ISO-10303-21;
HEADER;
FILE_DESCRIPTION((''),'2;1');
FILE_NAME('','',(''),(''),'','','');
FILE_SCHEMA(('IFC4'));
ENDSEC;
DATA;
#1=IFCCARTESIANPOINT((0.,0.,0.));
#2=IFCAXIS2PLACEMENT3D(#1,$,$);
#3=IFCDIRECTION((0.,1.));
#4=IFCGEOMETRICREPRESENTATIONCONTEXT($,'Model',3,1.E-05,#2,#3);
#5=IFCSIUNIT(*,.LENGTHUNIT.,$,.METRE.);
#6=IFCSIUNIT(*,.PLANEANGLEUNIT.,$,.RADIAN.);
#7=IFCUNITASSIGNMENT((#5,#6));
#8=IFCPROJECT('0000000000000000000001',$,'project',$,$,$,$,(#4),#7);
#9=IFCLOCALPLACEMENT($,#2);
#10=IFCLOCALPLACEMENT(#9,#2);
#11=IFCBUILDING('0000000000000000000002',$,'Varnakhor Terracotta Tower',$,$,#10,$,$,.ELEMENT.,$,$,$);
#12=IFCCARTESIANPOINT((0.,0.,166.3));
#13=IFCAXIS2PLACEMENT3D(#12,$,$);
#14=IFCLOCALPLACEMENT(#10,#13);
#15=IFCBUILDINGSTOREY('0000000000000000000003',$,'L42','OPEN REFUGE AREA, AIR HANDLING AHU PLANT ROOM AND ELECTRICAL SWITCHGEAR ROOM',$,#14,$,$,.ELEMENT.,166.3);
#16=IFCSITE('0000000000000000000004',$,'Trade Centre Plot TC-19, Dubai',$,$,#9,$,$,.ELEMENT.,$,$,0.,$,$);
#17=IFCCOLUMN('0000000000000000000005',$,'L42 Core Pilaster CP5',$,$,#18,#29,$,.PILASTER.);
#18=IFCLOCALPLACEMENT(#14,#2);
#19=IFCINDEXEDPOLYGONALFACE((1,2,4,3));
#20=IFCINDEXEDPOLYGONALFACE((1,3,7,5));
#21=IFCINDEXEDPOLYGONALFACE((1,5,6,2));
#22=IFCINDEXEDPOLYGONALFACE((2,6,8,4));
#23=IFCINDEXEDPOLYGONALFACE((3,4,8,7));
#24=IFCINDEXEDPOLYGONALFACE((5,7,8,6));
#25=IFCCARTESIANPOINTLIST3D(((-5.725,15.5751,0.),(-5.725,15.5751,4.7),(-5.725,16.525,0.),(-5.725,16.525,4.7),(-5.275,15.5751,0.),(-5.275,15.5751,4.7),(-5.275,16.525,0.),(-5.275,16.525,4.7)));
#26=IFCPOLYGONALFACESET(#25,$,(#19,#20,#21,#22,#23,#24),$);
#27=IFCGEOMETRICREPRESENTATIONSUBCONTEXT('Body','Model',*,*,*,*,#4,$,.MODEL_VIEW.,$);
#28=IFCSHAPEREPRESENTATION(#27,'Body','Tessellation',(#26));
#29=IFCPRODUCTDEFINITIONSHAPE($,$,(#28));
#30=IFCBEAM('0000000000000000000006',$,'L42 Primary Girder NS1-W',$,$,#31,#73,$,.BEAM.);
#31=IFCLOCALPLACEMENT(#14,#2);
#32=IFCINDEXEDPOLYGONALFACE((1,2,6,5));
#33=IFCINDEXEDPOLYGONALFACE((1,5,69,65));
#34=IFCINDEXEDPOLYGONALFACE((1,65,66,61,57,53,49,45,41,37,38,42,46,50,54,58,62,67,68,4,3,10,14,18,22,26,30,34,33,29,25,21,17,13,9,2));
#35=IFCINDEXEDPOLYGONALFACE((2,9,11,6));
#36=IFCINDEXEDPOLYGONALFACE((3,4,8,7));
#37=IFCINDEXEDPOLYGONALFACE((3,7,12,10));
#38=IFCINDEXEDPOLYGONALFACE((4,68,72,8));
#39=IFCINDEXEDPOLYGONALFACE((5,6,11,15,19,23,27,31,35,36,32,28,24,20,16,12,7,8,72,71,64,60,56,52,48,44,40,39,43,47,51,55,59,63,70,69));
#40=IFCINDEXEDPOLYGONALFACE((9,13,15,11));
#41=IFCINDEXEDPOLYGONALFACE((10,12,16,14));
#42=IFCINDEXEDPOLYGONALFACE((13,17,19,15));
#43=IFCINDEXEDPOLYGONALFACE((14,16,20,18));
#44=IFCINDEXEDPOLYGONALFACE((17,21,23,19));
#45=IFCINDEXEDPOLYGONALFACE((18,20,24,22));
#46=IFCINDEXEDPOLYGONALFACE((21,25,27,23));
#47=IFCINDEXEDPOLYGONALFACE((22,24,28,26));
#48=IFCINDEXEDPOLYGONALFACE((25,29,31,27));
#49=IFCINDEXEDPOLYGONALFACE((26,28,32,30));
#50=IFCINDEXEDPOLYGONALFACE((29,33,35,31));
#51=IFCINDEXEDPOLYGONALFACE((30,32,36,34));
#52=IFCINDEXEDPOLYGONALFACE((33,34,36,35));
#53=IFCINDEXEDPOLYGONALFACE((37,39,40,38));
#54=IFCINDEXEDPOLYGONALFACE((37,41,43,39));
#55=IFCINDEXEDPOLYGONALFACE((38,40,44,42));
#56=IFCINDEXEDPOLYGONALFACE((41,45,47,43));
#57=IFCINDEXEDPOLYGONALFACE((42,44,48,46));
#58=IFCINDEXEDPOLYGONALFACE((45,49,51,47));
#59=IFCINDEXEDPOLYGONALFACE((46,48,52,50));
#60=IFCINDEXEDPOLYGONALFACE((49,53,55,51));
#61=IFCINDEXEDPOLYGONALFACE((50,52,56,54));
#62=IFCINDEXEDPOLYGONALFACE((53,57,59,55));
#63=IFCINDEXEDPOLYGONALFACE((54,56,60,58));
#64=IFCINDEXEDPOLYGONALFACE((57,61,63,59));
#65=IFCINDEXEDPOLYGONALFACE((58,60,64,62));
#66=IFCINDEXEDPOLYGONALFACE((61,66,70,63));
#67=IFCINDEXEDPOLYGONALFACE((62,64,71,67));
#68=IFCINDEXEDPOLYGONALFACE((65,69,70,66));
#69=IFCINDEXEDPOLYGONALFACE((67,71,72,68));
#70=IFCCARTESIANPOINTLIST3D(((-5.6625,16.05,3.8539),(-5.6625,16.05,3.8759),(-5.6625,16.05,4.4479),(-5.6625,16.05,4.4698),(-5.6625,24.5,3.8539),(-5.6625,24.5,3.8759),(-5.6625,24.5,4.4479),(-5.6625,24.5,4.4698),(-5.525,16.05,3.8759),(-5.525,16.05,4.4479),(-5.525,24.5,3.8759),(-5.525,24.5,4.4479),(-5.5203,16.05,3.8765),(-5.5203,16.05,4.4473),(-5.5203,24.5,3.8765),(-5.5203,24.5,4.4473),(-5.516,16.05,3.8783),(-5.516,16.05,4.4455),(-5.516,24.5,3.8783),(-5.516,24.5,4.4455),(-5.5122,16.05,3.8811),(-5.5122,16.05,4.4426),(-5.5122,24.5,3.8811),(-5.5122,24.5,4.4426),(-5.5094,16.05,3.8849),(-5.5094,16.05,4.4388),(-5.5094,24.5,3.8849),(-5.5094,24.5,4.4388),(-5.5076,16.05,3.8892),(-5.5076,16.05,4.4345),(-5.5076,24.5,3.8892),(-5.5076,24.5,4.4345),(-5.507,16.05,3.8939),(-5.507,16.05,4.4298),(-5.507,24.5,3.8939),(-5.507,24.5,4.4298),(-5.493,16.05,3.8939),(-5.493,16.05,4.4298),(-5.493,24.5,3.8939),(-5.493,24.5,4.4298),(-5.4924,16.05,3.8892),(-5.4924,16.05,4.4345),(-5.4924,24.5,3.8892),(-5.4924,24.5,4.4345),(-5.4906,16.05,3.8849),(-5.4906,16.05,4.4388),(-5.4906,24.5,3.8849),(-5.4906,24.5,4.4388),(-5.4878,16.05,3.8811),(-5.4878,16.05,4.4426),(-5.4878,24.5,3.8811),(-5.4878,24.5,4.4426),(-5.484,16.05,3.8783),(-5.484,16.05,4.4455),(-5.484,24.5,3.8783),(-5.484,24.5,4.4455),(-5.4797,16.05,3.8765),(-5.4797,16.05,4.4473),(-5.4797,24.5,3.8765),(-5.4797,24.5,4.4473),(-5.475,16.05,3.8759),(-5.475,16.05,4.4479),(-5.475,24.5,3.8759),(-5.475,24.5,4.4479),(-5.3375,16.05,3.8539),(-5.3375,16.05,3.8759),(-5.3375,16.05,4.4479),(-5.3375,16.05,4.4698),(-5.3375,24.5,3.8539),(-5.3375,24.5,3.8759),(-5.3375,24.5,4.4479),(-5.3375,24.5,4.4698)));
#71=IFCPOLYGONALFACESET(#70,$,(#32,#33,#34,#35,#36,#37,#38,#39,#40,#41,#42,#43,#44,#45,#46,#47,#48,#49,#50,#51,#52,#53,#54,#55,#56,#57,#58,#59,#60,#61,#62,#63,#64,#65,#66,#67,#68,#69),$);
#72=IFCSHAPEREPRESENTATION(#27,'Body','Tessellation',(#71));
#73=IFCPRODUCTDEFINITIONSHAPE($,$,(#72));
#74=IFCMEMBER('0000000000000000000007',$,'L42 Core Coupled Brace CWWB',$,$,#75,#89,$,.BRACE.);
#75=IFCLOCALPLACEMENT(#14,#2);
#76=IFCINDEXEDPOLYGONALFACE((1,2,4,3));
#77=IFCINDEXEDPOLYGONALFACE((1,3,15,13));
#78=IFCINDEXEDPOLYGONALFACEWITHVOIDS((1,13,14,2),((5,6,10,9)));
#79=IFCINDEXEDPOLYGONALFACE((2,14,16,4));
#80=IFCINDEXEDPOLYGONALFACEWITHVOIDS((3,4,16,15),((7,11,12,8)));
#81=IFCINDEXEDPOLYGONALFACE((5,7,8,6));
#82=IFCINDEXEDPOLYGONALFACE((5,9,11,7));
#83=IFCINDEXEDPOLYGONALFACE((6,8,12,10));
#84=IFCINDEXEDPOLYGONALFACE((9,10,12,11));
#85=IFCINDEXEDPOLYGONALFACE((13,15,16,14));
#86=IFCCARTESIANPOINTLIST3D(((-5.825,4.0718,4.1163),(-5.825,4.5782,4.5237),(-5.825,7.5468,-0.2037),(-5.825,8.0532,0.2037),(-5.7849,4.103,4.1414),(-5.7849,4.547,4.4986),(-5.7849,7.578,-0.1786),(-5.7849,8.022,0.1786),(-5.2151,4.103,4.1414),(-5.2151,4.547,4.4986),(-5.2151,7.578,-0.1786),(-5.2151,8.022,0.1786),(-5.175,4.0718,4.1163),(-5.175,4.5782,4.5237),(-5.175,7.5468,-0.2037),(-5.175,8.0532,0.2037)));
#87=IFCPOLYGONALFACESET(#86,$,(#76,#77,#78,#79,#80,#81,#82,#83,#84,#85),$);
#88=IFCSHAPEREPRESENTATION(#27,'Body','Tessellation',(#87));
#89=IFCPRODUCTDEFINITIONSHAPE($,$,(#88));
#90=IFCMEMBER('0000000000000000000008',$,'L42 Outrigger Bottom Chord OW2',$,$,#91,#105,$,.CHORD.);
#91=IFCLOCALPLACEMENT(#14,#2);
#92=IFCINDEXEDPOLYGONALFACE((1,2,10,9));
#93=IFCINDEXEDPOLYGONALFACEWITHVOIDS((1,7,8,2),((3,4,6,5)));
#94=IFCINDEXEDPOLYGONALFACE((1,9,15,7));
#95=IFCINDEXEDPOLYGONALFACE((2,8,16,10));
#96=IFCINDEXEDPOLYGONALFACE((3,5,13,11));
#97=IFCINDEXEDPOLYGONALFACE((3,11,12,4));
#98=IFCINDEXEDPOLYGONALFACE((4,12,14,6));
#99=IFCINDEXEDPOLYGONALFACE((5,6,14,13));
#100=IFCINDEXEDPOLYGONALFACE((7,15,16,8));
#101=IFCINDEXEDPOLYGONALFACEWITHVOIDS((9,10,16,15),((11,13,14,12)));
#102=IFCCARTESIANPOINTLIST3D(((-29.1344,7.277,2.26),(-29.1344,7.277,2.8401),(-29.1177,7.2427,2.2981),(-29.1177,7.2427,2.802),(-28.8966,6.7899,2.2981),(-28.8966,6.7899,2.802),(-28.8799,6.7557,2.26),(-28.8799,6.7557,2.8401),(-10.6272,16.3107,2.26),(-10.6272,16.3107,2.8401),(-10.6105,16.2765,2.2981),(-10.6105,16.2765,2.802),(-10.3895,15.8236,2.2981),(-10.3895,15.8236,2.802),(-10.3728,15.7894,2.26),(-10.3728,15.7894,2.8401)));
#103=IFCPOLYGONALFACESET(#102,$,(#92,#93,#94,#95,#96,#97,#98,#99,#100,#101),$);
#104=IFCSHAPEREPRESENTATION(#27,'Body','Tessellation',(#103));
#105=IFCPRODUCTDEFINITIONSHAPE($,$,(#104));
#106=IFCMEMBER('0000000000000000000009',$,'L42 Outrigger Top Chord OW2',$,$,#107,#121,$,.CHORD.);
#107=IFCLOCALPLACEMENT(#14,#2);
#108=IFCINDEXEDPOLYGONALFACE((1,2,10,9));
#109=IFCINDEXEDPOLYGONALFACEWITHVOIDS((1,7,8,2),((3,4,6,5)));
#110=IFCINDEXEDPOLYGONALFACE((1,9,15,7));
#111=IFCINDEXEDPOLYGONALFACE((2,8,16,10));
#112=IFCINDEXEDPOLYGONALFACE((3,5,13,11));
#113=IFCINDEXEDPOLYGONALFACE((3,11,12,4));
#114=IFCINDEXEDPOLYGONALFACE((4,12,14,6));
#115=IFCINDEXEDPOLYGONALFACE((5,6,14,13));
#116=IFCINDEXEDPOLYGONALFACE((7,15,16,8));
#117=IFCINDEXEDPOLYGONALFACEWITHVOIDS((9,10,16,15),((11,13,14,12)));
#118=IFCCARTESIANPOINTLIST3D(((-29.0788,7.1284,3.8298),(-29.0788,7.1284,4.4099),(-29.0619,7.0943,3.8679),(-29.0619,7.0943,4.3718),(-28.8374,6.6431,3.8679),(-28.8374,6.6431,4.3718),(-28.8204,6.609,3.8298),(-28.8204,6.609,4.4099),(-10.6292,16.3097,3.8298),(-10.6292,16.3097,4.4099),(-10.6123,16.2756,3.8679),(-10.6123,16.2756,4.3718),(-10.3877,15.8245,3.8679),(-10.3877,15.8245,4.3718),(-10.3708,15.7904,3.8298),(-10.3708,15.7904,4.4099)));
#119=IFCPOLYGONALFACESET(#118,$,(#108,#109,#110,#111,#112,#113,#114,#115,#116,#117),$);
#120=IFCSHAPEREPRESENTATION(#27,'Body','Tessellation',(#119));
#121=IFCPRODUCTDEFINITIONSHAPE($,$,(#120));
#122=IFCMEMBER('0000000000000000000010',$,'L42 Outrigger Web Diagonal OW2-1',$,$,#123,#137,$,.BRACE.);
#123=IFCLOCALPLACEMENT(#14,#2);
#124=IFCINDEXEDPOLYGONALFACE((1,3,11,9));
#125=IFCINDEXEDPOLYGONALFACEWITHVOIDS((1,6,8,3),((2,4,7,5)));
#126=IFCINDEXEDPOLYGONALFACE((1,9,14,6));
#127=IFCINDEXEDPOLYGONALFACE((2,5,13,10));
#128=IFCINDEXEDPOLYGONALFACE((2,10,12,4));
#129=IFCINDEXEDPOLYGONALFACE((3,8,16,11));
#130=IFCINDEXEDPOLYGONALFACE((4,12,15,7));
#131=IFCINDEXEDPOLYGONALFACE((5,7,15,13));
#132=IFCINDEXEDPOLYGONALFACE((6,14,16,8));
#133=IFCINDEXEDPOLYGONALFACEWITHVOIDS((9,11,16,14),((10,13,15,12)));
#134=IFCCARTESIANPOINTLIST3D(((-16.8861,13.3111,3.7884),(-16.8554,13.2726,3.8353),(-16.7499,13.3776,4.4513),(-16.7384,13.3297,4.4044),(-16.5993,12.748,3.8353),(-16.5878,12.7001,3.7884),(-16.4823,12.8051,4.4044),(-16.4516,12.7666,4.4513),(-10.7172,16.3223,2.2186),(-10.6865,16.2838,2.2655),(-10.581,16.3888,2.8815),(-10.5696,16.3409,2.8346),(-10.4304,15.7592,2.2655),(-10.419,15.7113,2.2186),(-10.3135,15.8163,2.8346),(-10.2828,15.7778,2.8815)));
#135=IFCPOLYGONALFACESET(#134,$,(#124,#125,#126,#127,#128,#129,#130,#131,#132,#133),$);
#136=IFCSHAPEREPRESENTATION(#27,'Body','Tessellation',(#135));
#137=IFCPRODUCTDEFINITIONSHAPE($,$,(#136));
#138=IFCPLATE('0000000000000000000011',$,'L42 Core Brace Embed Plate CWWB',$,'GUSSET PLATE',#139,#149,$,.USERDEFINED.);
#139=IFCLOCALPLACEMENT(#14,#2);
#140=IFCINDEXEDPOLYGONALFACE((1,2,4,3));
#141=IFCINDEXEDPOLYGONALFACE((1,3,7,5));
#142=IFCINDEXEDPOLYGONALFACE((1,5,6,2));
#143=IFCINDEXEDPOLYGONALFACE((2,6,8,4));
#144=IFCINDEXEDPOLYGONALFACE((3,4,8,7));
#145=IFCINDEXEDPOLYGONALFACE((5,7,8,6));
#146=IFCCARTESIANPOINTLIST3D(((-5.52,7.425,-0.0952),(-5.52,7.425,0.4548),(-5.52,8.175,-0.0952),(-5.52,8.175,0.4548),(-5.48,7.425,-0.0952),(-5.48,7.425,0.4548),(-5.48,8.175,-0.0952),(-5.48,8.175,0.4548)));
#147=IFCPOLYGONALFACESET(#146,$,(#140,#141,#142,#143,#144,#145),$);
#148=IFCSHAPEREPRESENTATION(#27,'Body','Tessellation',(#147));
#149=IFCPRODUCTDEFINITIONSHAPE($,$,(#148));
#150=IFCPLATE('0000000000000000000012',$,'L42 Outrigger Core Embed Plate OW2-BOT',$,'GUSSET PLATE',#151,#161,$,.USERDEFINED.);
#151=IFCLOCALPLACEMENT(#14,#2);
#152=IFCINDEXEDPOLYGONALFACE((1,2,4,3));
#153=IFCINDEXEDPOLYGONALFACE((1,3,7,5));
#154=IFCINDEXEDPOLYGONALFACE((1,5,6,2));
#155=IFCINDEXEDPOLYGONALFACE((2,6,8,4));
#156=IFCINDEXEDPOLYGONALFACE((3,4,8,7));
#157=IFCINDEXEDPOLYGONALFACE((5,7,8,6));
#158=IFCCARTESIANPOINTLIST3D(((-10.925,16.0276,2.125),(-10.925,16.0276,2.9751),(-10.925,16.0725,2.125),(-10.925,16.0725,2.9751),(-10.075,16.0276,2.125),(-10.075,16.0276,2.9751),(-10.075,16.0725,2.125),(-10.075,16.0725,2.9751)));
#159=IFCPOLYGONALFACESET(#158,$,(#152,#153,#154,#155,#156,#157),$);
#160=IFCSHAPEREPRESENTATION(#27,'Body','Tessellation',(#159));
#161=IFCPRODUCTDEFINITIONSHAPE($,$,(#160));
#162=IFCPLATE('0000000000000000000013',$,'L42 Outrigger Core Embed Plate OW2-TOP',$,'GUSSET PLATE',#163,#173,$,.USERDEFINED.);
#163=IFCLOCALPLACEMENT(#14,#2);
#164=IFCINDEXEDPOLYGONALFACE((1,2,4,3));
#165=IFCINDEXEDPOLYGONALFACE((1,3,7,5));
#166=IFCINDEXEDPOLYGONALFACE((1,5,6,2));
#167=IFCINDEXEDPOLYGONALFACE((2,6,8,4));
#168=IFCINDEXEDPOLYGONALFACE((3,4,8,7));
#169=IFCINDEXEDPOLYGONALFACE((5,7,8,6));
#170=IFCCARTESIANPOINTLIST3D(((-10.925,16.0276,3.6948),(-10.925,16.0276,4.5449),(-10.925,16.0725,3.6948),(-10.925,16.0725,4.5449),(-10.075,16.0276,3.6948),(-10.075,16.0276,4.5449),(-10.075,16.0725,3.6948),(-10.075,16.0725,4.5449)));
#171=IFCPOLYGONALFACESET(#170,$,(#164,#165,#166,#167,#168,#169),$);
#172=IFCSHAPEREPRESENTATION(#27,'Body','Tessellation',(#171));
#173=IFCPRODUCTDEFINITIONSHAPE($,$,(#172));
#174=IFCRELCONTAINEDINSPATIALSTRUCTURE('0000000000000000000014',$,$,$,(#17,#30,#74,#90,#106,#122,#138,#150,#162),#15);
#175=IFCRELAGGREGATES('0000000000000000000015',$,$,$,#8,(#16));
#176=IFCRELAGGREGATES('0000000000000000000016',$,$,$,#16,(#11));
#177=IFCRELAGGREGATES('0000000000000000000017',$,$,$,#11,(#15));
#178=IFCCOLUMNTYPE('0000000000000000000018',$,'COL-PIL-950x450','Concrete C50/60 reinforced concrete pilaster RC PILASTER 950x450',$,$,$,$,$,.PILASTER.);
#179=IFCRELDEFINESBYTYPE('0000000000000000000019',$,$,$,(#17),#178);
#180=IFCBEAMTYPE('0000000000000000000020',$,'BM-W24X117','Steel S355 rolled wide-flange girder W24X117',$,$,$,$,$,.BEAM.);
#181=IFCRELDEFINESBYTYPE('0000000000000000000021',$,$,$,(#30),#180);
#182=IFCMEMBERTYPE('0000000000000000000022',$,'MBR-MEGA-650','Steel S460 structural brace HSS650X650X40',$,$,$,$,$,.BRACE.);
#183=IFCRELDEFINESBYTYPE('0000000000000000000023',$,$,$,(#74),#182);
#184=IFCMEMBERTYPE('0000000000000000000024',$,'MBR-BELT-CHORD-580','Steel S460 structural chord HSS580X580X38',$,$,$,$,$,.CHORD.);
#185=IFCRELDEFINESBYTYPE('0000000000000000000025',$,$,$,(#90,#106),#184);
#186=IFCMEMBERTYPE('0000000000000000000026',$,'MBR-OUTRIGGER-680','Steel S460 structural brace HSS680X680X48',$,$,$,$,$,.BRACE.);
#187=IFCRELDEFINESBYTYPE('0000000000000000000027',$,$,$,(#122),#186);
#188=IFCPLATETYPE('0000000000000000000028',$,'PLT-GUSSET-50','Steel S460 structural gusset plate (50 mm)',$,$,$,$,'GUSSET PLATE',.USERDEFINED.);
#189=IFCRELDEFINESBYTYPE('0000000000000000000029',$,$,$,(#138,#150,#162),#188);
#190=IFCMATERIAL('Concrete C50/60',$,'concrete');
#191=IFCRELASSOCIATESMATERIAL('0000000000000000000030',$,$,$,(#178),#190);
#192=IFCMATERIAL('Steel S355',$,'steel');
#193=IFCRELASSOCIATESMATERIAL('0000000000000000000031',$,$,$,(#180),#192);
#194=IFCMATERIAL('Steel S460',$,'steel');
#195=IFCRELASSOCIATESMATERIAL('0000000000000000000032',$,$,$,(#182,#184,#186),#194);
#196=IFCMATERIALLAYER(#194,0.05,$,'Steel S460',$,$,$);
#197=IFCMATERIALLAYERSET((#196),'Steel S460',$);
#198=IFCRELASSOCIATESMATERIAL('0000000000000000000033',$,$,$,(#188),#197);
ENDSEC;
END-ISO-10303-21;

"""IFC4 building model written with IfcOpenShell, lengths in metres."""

from ifc_helpers import new_model, si_unit, direction, frame, origin, origin_2d, place, context, subcontext, project, spatial, rectangle, hollow_rectangle, i_section, extrude, source, transform, mapped, material, layer, layer_set, material_profile, profile_set, type_object, type_shapes, element, save


model = new_model("IFC4")

# Units and contexts
model_context = context("Model", 3, precision=1e-05, world=origin(), true_north=direction((0.0, 1.0)))
body_context = subcontext(model_context, "Body", "Model", "MODEL_VIEW")
ifc_project = project(units=[si_unit("LENGTHUNIT", "METRE"), si_unit("PLANEANGLEUNIT", "RADIAN")], contexts=[model_context])

# Site, building, storey
site_placement = place(None, origin())
site = spatial("IfcSite", under=ifc_project, at=site_placement, Name="Trade Centre Plot TC-19, Dubai", CompositionType="ELEMENT", RefElevation=0.0)
building_placement = place(site_placement, origin())
building = spatial("IfcBuilding", under=site, at=building_placement, Name="Varnakhor Terracotta Tower", CompositionType="ELEMENT")
storey_placement = place(building_placement, frame((0.0, 0.0, 166.3)))
storey = spatial("IfcBuildingStorey", under=building, at=storey_placement, Name="L42", Description="OPEN REFUGE AREA, AIR HANDLING AHU PLANT ROOM AND ELECTRICAL SWITCHGEAR ROOM", CompositionType="ELEMENT", Elevation=166.3)

# Column
ifc_material_1 = material(Name="Concrete C50/60", Category="concrete")
ifc_material_profile_1 = material_profile(ifc_material_1, rectangle(XDim=0.45, YDim=0.95, at=origin_2d()), Name="RC PILASTER 950x450")
ifc_profile_set_1 = profile_set([ifc_material_profile_1], Name="Concrete C50/60")
column_type = type_object("IfcColumnType", Name="COL-PIL-950x450", Description="Concrete C50/60 reinforced concrete pilaster RC PILASTER 950x450", PredefinedType="PILASTER", material=ifc_profile_set_1)
shared_shape_1 = source(origin(), body_context, "Body", "SweptSolid", [
    extrude(rectangle(XDim=0.45, YDim=0.95, at=origin_2d()), origin(), (0.0, 0.0, 1.0), 4.7),
])
column_placement = place(storey_placement, frame((-5.5, 16.05, 0.0), z_axis=(0.0, 0.0, 1.0), x_axis=(1.0, 0.0, 0.0)))
element("IfcColumn", 1, at=column_placement, inside=storey, type_object=column_type, Name="L42 Core Pilaster CP5", PredefinedType="PILASTER", context=body_context, shape_type="MappedRepresentation", body=[
    mapped(shared_shape_1, transform((0.0, 0.0, 0.0), scale=1.0)),
])

# Beam
ifc_material_2 = material(Name="Steel S355", Category="steel")
ifc_material_profile_2 = material_profile(ifc_material_2, i_section(OverallWidth=0.325, OverallDepth=0.616, WebThickness=0.0139, FlangeThickness=0.022, FilletRadius=0.0181, at=origin_2d()), Name="W24X117")
ifc_profile_set_2 = profile_set([ifc_material_profile_2], Name="Steel S355")
beam_type = type_object("IfcBeamType", Name="BM-W24X117", Description="Steel S355 rolled wide-flange girder W24X117", PredefinedType="BEAM", material=ifc_profile_set_2)
shared_shape_2 = source(origin(), body_context, "Body", "SweptSolid", [
    extrude(i_section(OverallWidth=0.325, OverallDepth=0.616, WebThickness=0.0139, FlangeThickness=0.022, FilletRadius=0.0181, at=origin_2d()), origin(), (0.0, 0.0, 1.0), 8.45),
])
type_shapes(beam_type, [shared_shape_2])
beam_placement = place(storey_placement, frame((-5.5, 16.05, 4.1619), z_axis=(0.0, 1.0, 0.0), x_axis=(-1.0, 0.0, 0.0)))
element("IfcBeam", 2, at=beam_placement, inside=storey, type_object=beam_type, Name="L42 Primary Girder NS1-W", PredefinedType="BEAM", context=body_context, shape_type="MappedRepresentation", body=[
    mapped(shared_shape_2, transform((0.0, 0.0, 0.0), scale=1.0)),
])

# Members
ifc_material_3 = material(Name="Steel S460", Category="steel")
ifc_material_profile_3 = material_profile(ifc_material_3, hollow_rectangle(XDim=0.6499, YDim=0.6499, WallThickness=0.04, at=origin_2d()), Name="HSS650X650X40")
ifc_profile_set_3 = profile_set([ifc_material_profile_3], Name="Steel S460")
member_type_1 = type_object("IfcMemberType", Name="MBR-MEGA-650", Description="Steel S460 structural brace HSS650X650X40", PredefinedType="BRACE", material=ifc_profile_set_3)
shared_shape_3 = source(origin(), body_context, "Body", "SweptSolid", [
    extrude(hollow_rectangle(XDim=0.6499, YDim=0.6499, WallThickness=0.04, at=origin_2d()), origin(), (0.0, 0.0, 1.0), 5.5442),
])
member_1_placement = place(storey_placement, frame((-5.5, 7.8, 0.0), z_axis=(0.0, -0.626787, 0.779191), x_axis=(1.0, 0.0, 0.0)))
element("IfcMember", 3, at=member_1_placement, inside=storey, type_object=member_type_1, Name="L42 Core Coupled Brace CWWB", PredefinedType="BRACE", context=body_context, shape_type="MappedRepresentation", body=[
    mapped(shared_shape_3, transform((0.0, 0.0, 0.0), scale=1.0)),
])
ifc_material_profile_4 = material_profile(ifc_material_3, hollow_rectangle(XDim=0.5801, YDim=0.5801, WallThickness=0.0381, at=origin_2d()), Name="HSS580X580X38")
ifc_profile_set_4 = profile_set([ifc_material_profile_4], Name="Steel S460")
member_type_2 = type_object("IfcMemberType", Name="MBR-BELT-CHORD-580", Description="Steel S460 structural chord HSS580X580X38", PredefinedType="CHORD", material=ifc_profile_set_4)
shared_shape_4 = source(origin(), body_context, "Body", "SweptSolid", [
    extrude(hollow_rectangle(XDim=0.5801, YDim=0.5801, WallThickness=0.0381, at=origin_2d()), origin(), (0.0, 0.0, 1.0), 20.5942),
])
member_2_placement = place(storey_placement, frame((-10.5, 16.05, 2.55), z_axis=(-0.898657, -0.438653, 0.0), x_axis=(0.438653, -0.898657, 0.0)))
element("IfcMember", 4, at=member_2_placement, inside=storey, type_object=member_type_2, Name="L42 Outrigger Bottom Chord OW2", PredefinedType="CHORD", context=body_context, shape_type="MappedRepresentation", body=[
    mapped(shared_shape_4, transform((0.0, 0.0, 0.0), scale=1.0)),
])
shared_shape_5 = source(origin(), body_context, "Body", "SweptSolid", [
    extrude(hollow_rectangle(XDim=0.5801, YDim=0.5801, WallThickness=0.0381, at=origin_2d()), origin(), (0.0, 0.0, 1.0), 20.6079),
])
member_3_placement = place(storey_placement, frame((-10.5, 16.05, 4.1199), z_axis=(-0.895269, -0.445526, 0.0), x_axis=(0.445526, -0.895269, 0.0)))
element("IfcMember", 5, at=member_3_placement, inside=storey, type_object=member_type_2, Name="L42 Outrigger Top Chord OW2", PredefinedType="CHORD", context=body_context, shape_type="MappedRepresentation", body=[
    mapped(shared_shape_5, transform((0.0, 0.0, 0.0), scale=1.0)),
])
ifc_material_profile_5 = material_profile(ifc_material_3, hollow_rectangle(XDim=0.6799, YDim=0.6799, WallThickness=0.0481, at=origin_2d()), Name="HSS680X680X48")
ifc_profile_set_5 = profile_set([ifc_material_profile_5], Name="Steel S460")
member_type_3 = type_object("IfcMemberType", Name="MBR-OUTRIGGER-680", Description="Steel S460 structural brace HSS680X680X48", PredefinedType="BRACE", material=ifc_profile_set_5)
shared_shape_6 = source(origin(), body_context, "Body", "SweptSolid", [
    extrude(hollow_rectangle(XDim=0.6799, YDim=0.6799, WallThickness=0.0481, at=origin_2d()), origin(), (0.0, 0.0, 1.0), 7.0417),
])
member_4_placement = place(storey_placement, frame((-10.5, 16.05, 2.55), z_axis=(-0.87604, -0.427619, 0.222928), x_axis=(0.438658, -0.898654, 0.0)))
element("IfcMember", 6, at=member_4_placement, inside=storey, type_object=member_type_3, Name="L42 Outrigger Web Diagonal OW2-1", PredefinedType="BRACE", context=body_context, shape_type="MappedRepresentation", body=[
    mapped(shared_shape_6, transform((0.0, 0.0, 0.0), scale=1.0)),
])

# Plates
ifc_layer_1 = layer(ifc_material_3, 0.05, Name="Steel S460")
ifc_layer_set_1 = layer_set([ifc_layer_1], Name="Steel S460")
plate_type = type_object("IfcPlateType", Name="PLT-GUSSET-50", Description="Steel S460 structural gusset plate (50 mm)", ElementType="GUSSET PLATE", PredefinedType="USERDEFINED", material=ifc_layer_set_1)
shared_shape_7 = source(origin(), body_context, "Body", "SweptSolid", [
    extrude(rectangle(XDim=0.75, YDim=0.04, at=origin_2d()), origin(), (0.0, 0.0, 1.0), 0.55),
])
type_shapes(plate_type, [shared_shape_7])
plate_placement = place(storey_placement, frame((-5.5, 7.8, -0.0952), z_axis=(0.0, 0.0, 1.0), x_axis=(0.0, 1.0, 0.0)))
element("IfcPlate", 7, at=plate_placement, inside=storey, type_object=plate_type, Name="L42 Core Brace Embed Plate CWWB", ObjectType="GUSSET PLATE", PredefinedType="USERDEFINED", context=body_context, shape_type="MappedRepresentation", body=[
    mapped(shared_shape_7, transform((0.0, 0.0, 0.0), scale=1.0)),
])
shared_shape_8 = source(origin(), body_context, "Body", "SweptSolid", [
    extrude(rectangle(XDim=0.8501, YDim=0.0449, at=origin_2d()), origin(), (0.0, 0.0, 1.0), 0.8501),
])
for number, where, z_axis, x_axis, name in (
    (8, (-10.5, 16.05, 2.125), (0.0, 0.0, 1.0), (1.0, 0.0, 0.0), "L42 Outrigger Core Embed Plate OW2-BOT"),
    (9, (-10.5, 16.05, 3.6948), (0.0, 0.0, 1.0), (1.0, 0.0, 0.0), "L42 Outrigger Core Embed Plate OW2-TOP"),
):
    element("IfcPlate", number, at=place(storey_placement, frame(where, z_axis=z_axis, x_axis=x_axis)), inside=storey, type_object=plate_type, Name=name, ObjectType="GUSSET PLATE", PredefinedType="USERDEFINED", context=body_context, shape_type="MappedRepresentation", body=[
        mapped(shared_shape_8, transform((0.0, 0.0, 0.0), scale=1.0)),
    ])

save(model, "model.ifc")
